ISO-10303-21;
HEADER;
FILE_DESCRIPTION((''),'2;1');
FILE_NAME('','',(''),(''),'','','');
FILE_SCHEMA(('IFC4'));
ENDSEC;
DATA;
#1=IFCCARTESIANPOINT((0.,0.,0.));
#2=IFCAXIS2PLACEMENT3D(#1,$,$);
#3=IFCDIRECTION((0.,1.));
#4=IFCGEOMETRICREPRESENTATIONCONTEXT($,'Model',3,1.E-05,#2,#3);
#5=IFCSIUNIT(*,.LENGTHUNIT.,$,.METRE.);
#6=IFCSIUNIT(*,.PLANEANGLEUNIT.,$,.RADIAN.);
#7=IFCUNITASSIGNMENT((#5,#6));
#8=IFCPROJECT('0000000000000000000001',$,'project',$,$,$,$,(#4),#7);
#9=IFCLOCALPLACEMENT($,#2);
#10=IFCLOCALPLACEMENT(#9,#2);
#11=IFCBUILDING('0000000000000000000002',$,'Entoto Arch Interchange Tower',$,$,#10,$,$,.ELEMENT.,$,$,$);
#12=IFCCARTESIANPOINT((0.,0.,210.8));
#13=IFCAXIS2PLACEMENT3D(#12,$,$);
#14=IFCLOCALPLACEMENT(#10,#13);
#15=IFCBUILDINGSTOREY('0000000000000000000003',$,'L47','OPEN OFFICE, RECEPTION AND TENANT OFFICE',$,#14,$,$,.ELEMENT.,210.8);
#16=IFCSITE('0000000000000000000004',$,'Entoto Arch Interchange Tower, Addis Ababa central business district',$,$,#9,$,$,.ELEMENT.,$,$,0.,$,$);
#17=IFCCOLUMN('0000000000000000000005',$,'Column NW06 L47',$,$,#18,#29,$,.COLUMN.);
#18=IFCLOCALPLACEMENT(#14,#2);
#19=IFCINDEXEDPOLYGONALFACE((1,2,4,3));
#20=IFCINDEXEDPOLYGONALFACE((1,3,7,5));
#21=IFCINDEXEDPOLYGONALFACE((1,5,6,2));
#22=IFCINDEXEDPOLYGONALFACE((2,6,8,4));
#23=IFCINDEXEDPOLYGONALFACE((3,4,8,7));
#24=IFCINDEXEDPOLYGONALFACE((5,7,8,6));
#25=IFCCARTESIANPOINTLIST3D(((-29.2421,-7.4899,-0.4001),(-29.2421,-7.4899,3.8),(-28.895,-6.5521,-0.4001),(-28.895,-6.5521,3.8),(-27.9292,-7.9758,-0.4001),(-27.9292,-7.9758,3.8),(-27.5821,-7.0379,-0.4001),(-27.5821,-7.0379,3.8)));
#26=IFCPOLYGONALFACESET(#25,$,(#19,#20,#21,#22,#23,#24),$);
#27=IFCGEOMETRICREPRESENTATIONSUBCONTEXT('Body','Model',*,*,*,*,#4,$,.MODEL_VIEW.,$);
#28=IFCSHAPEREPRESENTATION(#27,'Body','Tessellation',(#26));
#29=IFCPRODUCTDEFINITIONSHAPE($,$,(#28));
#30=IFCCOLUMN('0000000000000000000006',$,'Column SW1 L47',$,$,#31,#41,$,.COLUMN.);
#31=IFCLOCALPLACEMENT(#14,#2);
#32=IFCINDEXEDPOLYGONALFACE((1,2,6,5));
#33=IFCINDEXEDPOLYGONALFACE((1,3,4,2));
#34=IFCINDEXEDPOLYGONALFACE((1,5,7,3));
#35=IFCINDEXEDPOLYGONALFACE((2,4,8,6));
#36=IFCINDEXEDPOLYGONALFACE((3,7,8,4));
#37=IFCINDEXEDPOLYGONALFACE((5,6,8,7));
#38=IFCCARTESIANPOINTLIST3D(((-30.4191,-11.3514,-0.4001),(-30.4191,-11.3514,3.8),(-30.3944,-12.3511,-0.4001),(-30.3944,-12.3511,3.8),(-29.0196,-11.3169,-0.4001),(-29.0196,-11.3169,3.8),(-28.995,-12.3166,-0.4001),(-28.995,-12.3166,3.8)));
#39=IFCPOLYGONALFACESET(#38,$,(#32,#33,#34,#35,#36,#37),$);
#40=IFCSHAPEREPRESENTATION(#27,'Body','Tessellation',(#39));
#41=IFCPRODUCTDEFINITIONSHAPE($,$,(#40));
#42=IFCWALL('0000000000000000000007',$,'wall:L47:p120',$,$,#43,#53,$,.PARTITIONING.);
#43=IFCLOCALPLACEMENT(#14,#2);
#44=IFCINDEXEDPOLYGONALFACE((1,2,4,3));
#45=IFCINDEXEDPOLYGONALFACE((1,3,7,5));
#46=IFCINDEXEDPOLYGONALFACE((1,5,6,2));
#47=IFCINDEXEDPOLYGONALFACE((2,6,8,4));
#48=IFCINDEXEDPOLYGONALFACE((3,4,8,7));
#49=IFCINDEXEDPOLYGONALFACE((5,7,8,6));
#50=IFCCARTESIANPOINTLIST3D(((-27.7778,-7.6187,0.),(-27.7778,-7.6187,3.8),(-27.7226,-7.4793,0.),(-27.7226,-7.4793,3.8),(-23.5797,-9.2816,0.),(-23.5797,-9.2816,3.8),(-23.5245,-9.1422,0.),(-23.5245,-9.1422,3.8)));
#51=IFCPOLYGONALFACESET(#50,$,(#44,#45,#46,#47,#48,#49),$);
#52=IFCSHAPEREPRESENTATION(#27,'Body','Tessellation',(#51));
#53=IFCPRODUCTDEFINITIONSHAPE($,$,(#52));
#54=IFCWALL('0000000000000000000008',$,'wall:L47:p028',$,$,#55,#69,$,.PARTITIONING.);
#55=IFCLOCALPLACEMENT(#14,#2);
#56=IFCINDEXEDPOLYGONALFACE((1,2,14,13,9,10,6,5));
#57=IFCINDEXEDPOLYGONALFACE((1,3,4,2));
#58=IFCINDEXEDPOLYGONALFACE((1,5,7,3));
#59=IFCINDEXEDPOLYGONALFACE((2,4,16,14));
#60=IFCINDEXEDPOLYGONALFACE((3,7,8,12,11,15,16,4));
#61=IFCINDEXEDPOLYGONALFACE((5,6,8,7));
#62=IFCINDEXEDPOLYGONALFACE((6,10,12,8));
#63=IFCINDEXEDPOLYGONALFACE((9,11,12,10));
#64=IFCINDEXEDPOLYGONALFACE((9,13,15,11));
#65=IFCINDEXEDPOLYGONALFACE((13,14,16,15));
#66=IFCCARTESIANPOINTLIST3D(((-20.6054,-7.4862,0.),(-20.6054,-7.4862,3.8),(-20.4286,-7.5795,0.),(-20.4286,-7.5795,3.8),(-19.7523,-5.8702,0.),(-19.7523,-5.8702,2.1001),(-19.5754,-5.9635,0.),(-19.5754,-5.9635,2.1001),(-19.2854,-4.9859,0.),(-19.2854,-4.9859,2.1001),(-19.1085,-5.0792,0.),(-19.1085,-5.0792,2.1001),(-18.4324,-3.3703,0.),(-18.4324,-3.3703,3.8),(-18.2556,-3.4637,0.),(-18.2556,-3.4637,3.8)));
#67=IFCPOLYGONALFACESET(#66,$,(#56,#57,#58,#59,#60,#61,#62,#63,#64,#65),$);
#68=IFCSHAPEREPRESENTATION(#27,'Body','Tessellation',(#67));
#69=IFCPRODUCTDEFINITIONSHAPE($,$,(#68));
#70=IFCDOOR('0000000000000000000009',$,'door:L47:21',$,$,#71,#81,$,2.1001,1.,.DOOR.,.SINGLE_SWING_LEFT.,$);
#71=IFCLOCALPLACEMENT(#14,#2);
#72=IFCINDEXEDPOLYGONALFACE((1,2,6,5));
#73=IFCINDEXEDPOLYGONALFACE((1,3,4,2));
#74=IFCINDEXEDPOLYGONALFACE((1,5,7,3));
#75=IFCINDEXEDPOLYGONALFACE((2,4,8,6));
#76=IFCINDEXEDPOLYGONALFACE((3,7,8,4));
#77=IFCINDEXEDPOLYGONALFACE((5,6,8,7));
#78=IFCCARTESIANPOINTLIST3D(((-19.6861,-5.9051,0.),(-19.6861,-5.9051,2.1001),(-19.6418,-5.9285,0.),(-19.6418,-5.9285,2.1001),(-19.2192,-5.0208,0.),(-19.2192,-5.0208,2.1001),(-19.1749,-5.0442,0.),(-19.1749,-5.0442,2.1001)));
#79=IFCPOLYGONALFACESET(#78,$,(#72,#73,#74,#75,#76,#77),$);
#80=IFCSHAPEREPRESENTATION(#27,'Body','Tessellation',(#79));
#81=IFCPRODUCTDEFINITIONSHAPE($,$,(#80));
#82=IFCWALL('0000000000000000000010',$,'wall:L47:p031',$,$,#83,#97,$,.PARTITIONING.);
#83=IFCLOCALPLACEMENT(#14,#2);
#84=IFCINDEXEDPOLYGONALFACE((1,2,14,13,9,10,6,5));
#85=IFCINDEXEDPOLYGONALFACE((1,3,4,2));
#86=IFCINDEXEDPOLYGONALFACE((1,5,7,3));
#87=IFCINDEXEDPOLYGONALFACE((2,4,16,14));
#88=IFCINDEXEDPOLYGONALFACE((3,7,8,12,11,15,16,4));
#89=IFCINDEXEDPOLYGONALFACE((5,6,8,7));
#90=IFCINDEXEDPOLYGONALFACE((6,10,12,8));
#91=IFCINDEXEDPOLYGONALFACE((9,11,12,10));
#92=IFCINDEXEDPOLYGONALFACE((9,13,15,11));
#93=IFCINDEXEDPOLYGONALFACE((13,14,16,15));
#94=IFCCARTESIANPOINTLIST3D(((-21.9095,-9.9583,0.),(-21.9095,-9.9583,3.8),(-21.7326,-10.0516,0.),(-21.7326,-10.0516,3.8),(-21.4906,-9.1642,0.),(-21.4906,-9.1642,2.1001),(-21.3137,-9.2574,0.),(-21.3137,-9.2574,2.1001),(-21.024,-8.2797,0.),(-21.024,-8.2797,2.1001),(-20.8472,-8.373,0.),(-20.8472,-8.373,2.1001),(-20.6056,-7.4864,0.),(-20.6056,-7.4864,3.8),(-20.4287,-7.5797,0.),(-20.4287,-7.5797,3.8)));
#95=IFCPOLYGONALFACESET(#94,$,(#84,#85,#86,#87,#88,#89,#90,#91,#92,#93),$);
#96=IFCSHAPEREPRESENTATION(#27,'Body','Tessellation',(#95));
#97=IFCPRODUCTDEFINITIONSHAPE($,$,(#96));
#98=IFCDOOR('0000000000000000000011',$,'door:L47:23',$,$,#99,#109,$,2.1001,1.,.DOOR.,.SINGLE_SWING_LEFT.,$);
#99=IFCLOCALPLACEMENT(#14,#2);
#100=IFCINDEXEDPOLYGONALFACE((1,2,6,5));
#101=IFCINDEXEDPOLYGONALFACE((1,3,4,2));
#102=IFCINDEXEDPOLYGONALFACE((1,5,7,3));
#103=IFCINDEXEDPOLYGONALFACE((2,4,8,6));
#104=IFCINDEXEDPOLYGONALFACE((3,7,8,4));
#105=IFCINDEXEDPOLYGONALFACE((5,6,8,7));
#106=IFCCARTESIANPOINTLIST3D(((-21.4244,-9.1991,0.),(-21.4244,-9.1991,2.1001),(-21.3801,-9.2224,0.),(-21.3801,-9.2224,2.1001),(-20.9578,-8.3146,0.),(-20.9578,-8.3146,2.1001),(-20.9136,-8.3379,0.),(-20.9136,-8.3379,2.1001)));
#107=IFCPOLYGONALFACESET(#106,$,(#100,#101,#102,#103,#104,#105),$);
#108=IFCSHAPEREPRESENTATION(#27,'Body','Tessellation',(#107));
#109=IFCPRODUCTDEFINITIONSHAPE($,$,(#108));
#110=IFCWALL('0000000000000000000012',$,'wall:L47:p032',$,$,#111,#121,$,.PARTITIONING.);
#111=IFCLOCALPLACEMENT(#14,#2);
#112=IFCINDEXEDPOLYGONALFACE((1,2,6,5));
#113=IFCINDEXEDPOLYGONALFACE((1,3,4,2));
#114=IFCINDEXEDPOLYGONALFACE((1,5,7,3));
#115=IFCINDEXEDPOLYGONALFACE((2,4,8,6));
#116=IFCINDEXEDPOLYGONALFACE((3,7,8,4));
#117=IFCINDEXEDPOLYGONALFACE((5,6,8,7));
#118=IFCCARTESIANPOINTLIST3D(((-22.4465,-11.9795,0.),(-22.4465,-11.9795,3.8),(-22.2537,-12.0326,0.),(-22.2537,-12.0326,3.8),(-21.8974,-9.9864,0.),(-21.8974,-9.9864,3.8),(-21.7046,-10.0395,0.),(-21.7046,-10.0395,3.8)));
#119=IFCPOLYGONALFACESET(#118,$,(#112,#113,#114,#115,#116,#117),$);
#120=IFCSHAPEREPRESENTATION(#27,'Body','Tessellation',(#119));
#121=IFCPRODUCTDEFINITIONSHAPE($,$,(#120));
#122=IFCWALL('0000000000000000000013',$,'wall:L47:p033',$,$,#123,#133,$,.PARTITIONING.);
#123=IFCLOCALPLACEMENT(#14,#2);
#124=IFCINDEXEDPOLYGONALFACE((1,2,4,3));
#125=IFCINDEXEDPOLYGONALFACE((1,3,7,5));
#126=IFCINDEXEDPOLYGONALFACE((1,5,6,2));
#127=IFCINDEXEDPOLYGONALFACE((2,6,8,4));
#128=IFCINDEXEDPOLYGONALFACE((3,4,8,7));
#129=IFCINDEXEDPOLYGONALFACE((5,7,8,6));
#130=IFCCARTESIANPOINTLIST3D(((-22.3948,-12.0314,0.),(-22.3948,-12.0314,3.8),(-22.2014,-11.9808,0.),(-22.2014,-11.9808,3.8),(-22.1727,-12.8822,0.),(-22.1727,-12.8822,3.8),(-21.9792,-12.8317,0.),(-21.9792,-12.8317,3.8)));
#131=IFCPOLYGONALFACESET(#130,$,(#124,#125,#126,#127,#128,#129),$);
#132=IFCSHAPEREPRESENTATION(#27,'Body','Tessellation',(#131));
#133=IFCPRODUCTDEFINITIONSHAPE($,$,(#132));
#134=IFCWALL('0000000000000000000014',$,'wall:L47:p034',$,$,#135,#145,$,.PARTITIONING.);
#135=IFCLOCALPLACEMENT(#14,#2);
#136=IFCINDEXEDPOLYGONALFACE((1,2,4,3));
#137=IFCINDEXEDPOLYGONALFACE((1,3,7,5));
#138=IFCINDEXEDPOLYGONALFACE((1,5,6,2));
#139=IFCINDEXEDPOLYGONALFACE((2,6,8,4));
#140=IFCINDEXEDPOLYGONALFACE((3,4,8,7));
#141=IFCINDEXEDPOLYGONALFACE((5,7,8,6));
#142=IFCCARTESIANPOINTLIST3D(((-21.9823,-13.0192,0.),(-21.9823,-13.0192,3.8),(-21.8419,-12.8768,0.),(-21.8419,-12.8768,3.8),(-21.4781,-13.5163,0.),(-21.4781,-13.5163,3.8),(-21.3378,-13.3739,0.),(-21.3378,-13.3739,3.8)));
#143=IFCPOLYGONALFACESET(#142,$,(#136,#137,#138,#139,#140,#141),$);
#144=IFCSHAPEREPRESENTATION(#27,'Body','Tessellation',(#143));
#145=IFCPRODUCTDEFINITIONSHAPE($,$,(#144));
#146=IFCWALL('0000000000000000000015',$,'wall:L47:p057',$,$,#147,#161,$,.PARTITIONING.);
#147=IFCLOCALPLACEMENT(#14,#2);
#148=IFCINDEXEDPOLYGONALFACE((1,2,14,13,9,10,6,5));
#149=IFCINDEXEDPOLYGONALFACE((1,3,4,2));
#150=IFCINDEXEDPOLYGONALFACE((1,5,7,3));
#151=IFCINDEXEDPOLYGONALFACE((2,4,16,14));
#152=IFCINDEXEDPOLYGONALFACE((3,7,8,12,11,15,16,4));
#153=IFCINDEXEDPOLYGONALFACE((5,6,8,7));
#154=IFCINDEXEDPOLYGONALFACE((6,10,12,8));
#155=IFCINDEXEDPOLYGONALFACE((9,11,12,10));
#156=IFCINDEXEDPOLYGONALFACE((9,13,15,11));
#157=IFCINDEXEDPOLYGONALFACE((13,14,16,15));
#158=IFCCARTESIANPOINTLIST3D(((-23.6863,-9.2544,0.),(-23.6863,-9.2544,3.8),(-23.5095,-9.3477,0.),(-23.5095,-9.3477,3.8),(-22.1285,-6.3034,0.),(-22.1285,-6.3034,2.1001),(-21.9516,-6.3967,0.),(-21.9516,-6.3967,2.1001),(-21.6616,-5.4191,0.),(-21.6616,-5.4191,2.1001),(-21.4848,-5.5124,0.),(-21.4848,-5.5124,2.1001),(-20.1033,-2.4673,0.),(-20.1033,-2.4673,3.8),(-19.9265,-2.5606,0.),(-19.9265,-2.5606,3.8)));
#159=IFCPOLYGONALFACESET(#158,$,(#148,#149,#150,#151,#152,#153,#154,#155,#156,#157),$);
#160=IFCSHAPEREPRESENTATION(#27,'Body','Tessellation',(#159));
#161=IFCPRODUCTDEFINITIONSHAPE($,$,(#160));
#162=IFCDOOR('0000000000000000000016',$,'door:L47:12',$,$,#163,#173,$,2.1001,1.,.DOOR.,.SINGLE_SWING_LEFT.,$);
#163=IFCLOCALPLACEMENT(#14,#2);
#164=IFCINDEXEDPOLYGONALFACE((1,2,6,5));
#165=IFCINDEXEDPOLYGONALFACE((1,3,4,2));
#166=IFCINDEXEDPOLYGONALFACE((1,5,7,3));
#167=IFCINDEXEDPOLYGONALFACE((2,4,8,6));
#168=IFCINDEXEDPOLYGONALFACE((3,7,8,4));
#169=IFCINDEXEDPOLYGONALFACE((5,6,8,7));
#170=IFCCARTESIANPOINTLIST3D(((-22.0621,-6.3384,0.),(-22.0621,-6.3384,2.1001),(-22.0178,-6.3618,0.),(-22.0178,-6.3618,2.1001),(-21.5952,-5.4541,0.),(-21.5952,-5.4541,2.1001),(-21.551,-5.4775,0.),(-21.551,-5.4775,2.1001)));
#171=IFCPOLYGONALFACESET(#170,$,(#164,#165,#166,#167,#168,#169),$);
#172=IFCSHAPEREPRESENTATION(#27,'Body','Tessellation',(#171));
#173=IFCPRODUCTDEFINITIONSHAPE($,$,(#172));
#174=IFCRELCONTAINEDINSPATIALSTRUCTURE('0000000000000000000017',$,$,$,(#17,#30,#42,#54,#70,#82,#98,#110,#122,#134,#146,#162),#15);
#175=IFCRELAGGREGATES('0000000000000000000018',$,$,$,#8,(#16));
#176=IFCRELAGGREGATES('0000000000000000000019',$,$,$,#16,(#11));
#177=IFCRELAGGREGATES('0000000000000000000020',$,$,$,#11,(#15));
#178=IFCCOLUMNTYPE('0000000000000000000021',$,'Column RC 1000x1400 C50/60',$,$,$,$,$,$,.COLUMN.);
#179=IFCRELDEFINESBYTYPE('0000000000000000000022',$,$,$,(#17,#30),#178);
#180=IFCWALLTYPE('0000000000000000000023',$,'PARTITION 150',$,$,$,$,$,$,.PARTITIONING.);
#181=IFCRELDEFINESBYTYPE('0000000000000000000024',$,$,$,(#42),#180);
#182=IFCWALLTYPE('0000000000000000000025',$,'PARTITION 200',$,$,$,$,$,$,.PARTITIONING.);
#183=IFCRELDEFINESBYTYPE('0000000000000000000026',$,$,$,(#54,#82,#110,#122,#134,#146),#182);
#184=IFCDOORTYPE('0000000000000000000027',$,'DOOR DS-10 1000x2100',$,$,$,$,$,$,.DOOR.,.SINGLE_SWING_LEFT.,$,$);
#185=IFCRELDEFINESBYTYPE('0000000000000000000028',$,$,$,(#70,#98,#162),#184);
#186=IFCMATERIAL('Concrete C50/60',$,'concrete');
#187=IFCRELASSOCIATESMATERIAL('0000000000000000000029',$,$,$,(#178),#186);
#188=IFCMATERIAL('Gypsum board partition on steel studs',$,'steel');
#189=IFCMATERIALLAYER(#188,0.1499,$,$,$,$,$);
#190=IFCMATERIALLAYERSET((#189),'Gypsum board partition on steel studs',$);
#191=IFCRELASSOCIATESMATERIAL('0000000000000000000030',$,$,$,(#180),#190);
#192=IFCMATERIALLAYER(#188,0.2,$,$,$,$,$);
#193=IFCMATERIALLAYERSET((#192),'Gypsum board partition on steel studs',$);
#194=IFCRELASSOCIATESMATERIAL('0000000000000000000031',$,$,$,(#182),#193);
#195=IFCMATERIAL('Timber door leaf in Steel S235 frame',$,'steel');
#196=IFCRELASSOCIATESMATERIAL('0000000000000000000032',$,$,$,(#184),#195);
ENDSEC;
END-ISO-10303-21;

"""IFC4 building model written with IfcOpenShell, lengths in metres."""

from ifc_helpers import new_model, si_unit, direction, frame, frame_2d, origin, origin_2d, place, context, subcontext, project, spatial, rectangle, extrude, material, layer, layer_set, material_profile, profile_set, type_object, element, fill, save


model = new_model("IFC4")

# Units and contexts
model_context = context("Model", 3, precision=1e-05, world=origin(), true_north=direction((0.0, 1.0)))
body_context = subcontext(model_context, "Body", "Model", "MODEL_VIEW")
ifc_project = project(units=[si_unit("LENGTHUNIT", "METRE"), si_unit("PLANEANGLEUNIT", "RADIAN")], contexts=[model_context])

# Site, building, storey
site_placement = place(None, origin())
site = spatial("IfcSite", under=ifc_project, at=site_placement, Name="Entoto Arch Interchange Tower, Addis Ababa central business district", CompositionType="ELEMENT", RefElevation=0.0)
building_placement = place(site_placement, origin())
building = spatial("IfcBuilding", under=site, at=building_placement, Name="Entoto Arch Interchange Tower", CompositionType="ELEMENT")
storey_placement = place(building_placement, frame((0.0, 0.0, 210.8)))
storey = spatial("IfcBuildingStorey", under=building, at=storey_placement, Name="L47", Description="OPEN OFFICE, RECEPTION AND TENANT OFFICE", CompositionType="ELEMENT", Elevation=210.8)

# Columns
ifc_material_1 = material(Name="Concrete C50/60", Category="concrete")
ifc_material_profile = material_profile(ifc_material_1, rectangle(XDim=1.0, YDim=1.3999, at=origin_2d()))
ifc_profile_set = profile_set([ifc_material_profile], Name="Concrete C50/60")
column_type = type_object("IfcColumnType", Name="Column RC 1000x1400 C50/60", PredefinedType="COLUMN", material=ifc_profile_set)
for number, where, z_axis, x_axis, name in (
    (1, (-28.4121, -7.2639, -0.4001), (0.0, 0.0, 1.0), (0.347067, 0.93784, 0.0), "Column NW06 L47"),
    (2, (-29.707, -11.834, -0.4001), (0.0, 0.0, 1.0), (-0.024676, 0.999695, 0.0), "Column SW1 L47"),
):
    element("IfcColumn", number, at=place(storey_placement, frame(where, z_axis=z_axis, x_axis=x_axis)), inside=storey, type_object=column_type, Name=name, PredefinedType="COLUMN", context=body_context, shape_type="SweptSolid", body=[
        extrude(rectangle(XDim=1.0, YDim=1.3999, at=origin_2d()), origin(), (0.0, 0.0, 1.0), 4.2002),
    ])

# Wall
ifc_material_2 = material(Name="Gypsum board partition on steel studs", Category="steel")
ifc_layer_1 = layer(ifc_material_2, 0.1499)
ifc_layer_set_1 = layer_set([ifc_layer_1], Name="Gypsum board partition on steel studs")
wall_type_1 = type_object("IfcWallType", Name="PARTITION 150", PredefinedType="PARTITIONING", material=ifc_layer_set_1)
wall_1_placement = place(storey_placement, frame((-23.552, -9.2119, 0.0), z_axis=(0.0, 0.0, 1.0), x_axis=(-0.929721, 0.368266, 0.0)))
element("IfcWall", 3, at=wall_1_placement, inside=storey, type_object=wall_type_1, Name="wall:L47:p120", PredefinedType="PARTITIONING", context=body_context, shape_type="SweptSolid", body=[
    extrude(rectangle(XDim=4.5154, YDim=0.1499, at=frame_2d((2.2578, 0.0))), origin(), (0.0, 0.0, 1.0), 3.8),
])

# Walls, openings, doors
ifc_layer_2 = layer(ifc_material_2, 0.2)
ifc_layer_set_2 = layer_set([ifc_layer_2], Name="Gypsum board partition on steel studs")
wall_type_2 = type_object("IfcWallType", Name="PARTITION 200", PredefinedType="PARTITIONING", material=ifc_layer_set_2)
wall_2_placement = place(storey_placement, frame((-18.344, -3.417, 0.0), z_axis=(0.0, 0.0, 1.0), x_axis=(-0.46689, -0.884316, 0.0)))
wall_2 = element("IfcWall", 4, at=wall_2_placement, inside=storey, type_object=wall_type_2, Name="wall:L47:p028", PredefinedType="PARTITIONING", context=body_context, shape_type="SweptSolid", body=[
    extrude(rectangle(XDim=4.6543, YDim=0.2, at=frame_2d((2.3271, 0.0))), origin(), (0.0, 0.0, 1.0), 3.8),
])
opening_1_placement = place(wall_2_placement, frame((1.8269, 0.0, 0.0)))
opening_1 = element("IfcOpeningElement", 5, at=opening_1_placement, cuts=wall_2, PredefinedType="OPENING", context=body_context, shape_type="SweptSolid", body=[
    extrude(rectangle(XDim=1.0, YDim=2.1001, at=frame_2d((0.5, 1.05))), frame((0.0, 0.1099, 0.0), z_axis=(0.0, -1.0, 0.0), x_axis=(1.0, 0.0, 0.0)), (0.0, 0.0, 1.0), 0.22),
])
ifc_material_3 = material(Name="Timber door leaf in Steel S235 frame", Category="steel")
door_type = type_object("IfcDoorType", Name="DOOR DS-10 1000x2100", OperationType="SINGLE_SWING_LEFT", PredefinedType="DOOR", material=ifc_material_3)
door_1_placement = place(opening_1_placement, origin())
door_1 = element("IfcDoor", 6, at=door_1_placement, inside=storey, type_object=door_type, Name="door:L47:21", OperationType="SINGLE_SWING_LEFT", OverallHeight=2.1001, OverallWidth=1.0, PredefinedType="DOOR", context=body_context, shape_type="SweptSolid", body=[
    extrude(rectangle(XDim=1.0, YDim=2.1001, at=frame_2d((0.5, 1.05))), frame((0.0, 0.0249, 0.0), z_axis=(0.0, -1.0, 0.0), x_axis=(1.0, 0.0, 0.0)), (0.0, 0.0, 1.0), 0.05),
])
fill(opening_1, door_1)
wall_3_placement = place(storey_placement, frame((-20.5171, -7.533, 0.0), z_axis=(0.0, 0.0, 1.0), x_axis=(-0.466571, -0.884484, 0.0)))
wall_3 = element("IfcWall", 7, at=wall_3_placement, inside=storey, type_object=wall_type_2, Name="wall:L47:p031", PredefinedType="PARTITIONING", context=body_context, shape_type="SweptSolid", body=[
    extrude(rectangle(XDim=2.7947, YDim=0.2, at=frame_2d((1.3975, 0.0))), origin(), (0.0, 0.0, 1.0), 3.8),
])
opening_2_placement = place(wall_3_placement, frame((0.897, 0.0, 0.0)))
opening_2 = element("IfcOpeningElement", 8, at=opening_2_placement, cuts=wall_3, PredefinedType="OPENING", context=body_context, shape_type="SweptSolid", body=[
    extrude(rectangle(XDim=1.0, YDim=2.1001, at=frame_2d((0.5, 1.05))), frame((0.0, 0.1099, 0.0), z_axis=(0.0, -1.0, 0.0), x_axis=(1.0, 0.0, 0.0)), (0.0, 0.0, 1.0), 0.22),
])
door_2_placement = place(opening_2_placement, origin())
door_2 = element("IfcDoor", 9, at=door_2_placement, inside=storey, type_object=door_type, Name="door:L47:23", OperationType="SINGLE_SWING_LEFT", OverallHeight=2.1001, OverallWidth=1.0, PredefinedType="DOOR", context=body_context, shape_type="SweptSolid", body=[
    extrude(rectangle(XDim=1.0, YDim=2.1001, at=frame_2d((0.5, 1.05))), frame((0.0, 0.0249, 0.0), z_axis=(0.0, -1.0, 0.0), x_axis=(1.0, 0.0, 0.0)), (0.0, 0.0, 1.0), 0.05),
])
fill(opening_2, door_2)

# Walls
wall_4_placement = place(storey_placement, frame((-21.801, -10.0129, 0.0), z_axis=(0.0, 0.0, 1.0), x_axis=(-0.265585, -0.964088, 0.0)))
element("IfcWall", 10, at=wall_4_placement, inside=storey, type_object=wall_type_2, Name="wall:L47:p032", PredefinedType="PARTITIONING", context=body_context, shape_type="SweptSolid", body=[
    extrude(rectangle(XDim=2.0674, YDim=0.2, at=frame_2d((1.0337, 0.0))), origin(), (0.0, 0.0, 1.0), 3.8),
])
wall_5_placement = place(storey_placement, frame((-22.2981, -12.0061, 0.0), z_axis=(0.0, 0.0, 1.0), x_axis=(0.252648, -0.967558, 0.0)))
element("IfcWall", 11, at=wall_5_placement, inside=storey, type_object=wall_type_2, Name="wall:L47:p033", PredefinedType="PARTITIONING", context=body_context, shape_type="SweptSolid", body=[
    extrude(rectangle(XDim=0.8794, YDim=0.2, at=frame_2d((0.4397, 0.0))), origin(), (0.0, 0.0, 1.0), 3.8),
])
wall_6_placement = place(storey_placement, frame((-21.9121, -12.948, 0.0), z_axis=(0.0, 0.0, 1.0), x_axis=(0.712089, -0.702089, 0.0)))
element("IfcWall", 12, at=wall_6_placement, inside=storey, type_object=wall_type_2, Name="wall:L47:p034", PredefinedType="PARTITIONING", context=body_context, shape_type="SweptSolid", body=[
    extrude(rectangle(XDim=0.708, YDim=0.2, at=frame_2d((0.354, 0.0))), origin(), (0.0, 0.0, 1.0), 3.8),
])

# Wall, opening, door
wall_7_placement = place(storey_placement, frame((-23.5979, -9.301, 0.0), z_axis=(0.0, 0.0, 1.0), x_axis=(0.466853, 0.884335, 0.0)))
wall_7 = element("IfcWall", 13, at=wall_7_placement, inside=storey, type_object=wall_type_2, Name="wall:L47:p057", PredefinedType="PARTITIONING", context=body_context, shape_type="SweptSolid", body=[
    extrude(rectangle(XDim=7.6748, YDim=0.2, at=frame_2d((3.8374, 0.0))), origin(), (0.0, 0.0, 1.0), 3.8),
])
opening_3_placement = place(wall_7_placement, frame((3.3369, 0.0, 0.0)))
opening_3 = element("IfcOpeningElement", 14, at=opening_3_placement, cuts=wall_7, PredefinedType="OPENING", context=body_context, shape_type="SweptSolid", body=[
    extrude(rectangle(XDim=1.0, YDim=2.1001, at=frame_2d((0.5, 1.05))), frame((0.0, 0.1099, 0.0), z_axis=(0.0, -1.0, 0.0), x_axis=(1.0, 0.0, 0.0)), (0.0, 0.0, 1.0), 0.22),
])
door_3_placement = place(opening_3_placement, origin())
door_3 = element("IfcDoor", 15, at=door_3_placement, inside=storey, type_object=door_type, Name="door:L47:12", OperationType="SINGLE_SWING_LEFT", OverallHeight=2.1001, OverallWidth=1.0, PredefinedType="DOOR", context=body_context, shape_type="SweptSolid", body=[
    extrude(rectangle(XDim=1.0, YDim=2.1001, at=frame_2d((0.5, 1.05))), frame((0.0, 0.0249, 0.0), z_axis=(0.0, -1.0, 0.0), x_axis=(1.0, 0.0, 0.0)), (0.0, 0.0, 1.0), 0.05),
])
fill(opening_3, door_3)

save(model, "model.ifc")
